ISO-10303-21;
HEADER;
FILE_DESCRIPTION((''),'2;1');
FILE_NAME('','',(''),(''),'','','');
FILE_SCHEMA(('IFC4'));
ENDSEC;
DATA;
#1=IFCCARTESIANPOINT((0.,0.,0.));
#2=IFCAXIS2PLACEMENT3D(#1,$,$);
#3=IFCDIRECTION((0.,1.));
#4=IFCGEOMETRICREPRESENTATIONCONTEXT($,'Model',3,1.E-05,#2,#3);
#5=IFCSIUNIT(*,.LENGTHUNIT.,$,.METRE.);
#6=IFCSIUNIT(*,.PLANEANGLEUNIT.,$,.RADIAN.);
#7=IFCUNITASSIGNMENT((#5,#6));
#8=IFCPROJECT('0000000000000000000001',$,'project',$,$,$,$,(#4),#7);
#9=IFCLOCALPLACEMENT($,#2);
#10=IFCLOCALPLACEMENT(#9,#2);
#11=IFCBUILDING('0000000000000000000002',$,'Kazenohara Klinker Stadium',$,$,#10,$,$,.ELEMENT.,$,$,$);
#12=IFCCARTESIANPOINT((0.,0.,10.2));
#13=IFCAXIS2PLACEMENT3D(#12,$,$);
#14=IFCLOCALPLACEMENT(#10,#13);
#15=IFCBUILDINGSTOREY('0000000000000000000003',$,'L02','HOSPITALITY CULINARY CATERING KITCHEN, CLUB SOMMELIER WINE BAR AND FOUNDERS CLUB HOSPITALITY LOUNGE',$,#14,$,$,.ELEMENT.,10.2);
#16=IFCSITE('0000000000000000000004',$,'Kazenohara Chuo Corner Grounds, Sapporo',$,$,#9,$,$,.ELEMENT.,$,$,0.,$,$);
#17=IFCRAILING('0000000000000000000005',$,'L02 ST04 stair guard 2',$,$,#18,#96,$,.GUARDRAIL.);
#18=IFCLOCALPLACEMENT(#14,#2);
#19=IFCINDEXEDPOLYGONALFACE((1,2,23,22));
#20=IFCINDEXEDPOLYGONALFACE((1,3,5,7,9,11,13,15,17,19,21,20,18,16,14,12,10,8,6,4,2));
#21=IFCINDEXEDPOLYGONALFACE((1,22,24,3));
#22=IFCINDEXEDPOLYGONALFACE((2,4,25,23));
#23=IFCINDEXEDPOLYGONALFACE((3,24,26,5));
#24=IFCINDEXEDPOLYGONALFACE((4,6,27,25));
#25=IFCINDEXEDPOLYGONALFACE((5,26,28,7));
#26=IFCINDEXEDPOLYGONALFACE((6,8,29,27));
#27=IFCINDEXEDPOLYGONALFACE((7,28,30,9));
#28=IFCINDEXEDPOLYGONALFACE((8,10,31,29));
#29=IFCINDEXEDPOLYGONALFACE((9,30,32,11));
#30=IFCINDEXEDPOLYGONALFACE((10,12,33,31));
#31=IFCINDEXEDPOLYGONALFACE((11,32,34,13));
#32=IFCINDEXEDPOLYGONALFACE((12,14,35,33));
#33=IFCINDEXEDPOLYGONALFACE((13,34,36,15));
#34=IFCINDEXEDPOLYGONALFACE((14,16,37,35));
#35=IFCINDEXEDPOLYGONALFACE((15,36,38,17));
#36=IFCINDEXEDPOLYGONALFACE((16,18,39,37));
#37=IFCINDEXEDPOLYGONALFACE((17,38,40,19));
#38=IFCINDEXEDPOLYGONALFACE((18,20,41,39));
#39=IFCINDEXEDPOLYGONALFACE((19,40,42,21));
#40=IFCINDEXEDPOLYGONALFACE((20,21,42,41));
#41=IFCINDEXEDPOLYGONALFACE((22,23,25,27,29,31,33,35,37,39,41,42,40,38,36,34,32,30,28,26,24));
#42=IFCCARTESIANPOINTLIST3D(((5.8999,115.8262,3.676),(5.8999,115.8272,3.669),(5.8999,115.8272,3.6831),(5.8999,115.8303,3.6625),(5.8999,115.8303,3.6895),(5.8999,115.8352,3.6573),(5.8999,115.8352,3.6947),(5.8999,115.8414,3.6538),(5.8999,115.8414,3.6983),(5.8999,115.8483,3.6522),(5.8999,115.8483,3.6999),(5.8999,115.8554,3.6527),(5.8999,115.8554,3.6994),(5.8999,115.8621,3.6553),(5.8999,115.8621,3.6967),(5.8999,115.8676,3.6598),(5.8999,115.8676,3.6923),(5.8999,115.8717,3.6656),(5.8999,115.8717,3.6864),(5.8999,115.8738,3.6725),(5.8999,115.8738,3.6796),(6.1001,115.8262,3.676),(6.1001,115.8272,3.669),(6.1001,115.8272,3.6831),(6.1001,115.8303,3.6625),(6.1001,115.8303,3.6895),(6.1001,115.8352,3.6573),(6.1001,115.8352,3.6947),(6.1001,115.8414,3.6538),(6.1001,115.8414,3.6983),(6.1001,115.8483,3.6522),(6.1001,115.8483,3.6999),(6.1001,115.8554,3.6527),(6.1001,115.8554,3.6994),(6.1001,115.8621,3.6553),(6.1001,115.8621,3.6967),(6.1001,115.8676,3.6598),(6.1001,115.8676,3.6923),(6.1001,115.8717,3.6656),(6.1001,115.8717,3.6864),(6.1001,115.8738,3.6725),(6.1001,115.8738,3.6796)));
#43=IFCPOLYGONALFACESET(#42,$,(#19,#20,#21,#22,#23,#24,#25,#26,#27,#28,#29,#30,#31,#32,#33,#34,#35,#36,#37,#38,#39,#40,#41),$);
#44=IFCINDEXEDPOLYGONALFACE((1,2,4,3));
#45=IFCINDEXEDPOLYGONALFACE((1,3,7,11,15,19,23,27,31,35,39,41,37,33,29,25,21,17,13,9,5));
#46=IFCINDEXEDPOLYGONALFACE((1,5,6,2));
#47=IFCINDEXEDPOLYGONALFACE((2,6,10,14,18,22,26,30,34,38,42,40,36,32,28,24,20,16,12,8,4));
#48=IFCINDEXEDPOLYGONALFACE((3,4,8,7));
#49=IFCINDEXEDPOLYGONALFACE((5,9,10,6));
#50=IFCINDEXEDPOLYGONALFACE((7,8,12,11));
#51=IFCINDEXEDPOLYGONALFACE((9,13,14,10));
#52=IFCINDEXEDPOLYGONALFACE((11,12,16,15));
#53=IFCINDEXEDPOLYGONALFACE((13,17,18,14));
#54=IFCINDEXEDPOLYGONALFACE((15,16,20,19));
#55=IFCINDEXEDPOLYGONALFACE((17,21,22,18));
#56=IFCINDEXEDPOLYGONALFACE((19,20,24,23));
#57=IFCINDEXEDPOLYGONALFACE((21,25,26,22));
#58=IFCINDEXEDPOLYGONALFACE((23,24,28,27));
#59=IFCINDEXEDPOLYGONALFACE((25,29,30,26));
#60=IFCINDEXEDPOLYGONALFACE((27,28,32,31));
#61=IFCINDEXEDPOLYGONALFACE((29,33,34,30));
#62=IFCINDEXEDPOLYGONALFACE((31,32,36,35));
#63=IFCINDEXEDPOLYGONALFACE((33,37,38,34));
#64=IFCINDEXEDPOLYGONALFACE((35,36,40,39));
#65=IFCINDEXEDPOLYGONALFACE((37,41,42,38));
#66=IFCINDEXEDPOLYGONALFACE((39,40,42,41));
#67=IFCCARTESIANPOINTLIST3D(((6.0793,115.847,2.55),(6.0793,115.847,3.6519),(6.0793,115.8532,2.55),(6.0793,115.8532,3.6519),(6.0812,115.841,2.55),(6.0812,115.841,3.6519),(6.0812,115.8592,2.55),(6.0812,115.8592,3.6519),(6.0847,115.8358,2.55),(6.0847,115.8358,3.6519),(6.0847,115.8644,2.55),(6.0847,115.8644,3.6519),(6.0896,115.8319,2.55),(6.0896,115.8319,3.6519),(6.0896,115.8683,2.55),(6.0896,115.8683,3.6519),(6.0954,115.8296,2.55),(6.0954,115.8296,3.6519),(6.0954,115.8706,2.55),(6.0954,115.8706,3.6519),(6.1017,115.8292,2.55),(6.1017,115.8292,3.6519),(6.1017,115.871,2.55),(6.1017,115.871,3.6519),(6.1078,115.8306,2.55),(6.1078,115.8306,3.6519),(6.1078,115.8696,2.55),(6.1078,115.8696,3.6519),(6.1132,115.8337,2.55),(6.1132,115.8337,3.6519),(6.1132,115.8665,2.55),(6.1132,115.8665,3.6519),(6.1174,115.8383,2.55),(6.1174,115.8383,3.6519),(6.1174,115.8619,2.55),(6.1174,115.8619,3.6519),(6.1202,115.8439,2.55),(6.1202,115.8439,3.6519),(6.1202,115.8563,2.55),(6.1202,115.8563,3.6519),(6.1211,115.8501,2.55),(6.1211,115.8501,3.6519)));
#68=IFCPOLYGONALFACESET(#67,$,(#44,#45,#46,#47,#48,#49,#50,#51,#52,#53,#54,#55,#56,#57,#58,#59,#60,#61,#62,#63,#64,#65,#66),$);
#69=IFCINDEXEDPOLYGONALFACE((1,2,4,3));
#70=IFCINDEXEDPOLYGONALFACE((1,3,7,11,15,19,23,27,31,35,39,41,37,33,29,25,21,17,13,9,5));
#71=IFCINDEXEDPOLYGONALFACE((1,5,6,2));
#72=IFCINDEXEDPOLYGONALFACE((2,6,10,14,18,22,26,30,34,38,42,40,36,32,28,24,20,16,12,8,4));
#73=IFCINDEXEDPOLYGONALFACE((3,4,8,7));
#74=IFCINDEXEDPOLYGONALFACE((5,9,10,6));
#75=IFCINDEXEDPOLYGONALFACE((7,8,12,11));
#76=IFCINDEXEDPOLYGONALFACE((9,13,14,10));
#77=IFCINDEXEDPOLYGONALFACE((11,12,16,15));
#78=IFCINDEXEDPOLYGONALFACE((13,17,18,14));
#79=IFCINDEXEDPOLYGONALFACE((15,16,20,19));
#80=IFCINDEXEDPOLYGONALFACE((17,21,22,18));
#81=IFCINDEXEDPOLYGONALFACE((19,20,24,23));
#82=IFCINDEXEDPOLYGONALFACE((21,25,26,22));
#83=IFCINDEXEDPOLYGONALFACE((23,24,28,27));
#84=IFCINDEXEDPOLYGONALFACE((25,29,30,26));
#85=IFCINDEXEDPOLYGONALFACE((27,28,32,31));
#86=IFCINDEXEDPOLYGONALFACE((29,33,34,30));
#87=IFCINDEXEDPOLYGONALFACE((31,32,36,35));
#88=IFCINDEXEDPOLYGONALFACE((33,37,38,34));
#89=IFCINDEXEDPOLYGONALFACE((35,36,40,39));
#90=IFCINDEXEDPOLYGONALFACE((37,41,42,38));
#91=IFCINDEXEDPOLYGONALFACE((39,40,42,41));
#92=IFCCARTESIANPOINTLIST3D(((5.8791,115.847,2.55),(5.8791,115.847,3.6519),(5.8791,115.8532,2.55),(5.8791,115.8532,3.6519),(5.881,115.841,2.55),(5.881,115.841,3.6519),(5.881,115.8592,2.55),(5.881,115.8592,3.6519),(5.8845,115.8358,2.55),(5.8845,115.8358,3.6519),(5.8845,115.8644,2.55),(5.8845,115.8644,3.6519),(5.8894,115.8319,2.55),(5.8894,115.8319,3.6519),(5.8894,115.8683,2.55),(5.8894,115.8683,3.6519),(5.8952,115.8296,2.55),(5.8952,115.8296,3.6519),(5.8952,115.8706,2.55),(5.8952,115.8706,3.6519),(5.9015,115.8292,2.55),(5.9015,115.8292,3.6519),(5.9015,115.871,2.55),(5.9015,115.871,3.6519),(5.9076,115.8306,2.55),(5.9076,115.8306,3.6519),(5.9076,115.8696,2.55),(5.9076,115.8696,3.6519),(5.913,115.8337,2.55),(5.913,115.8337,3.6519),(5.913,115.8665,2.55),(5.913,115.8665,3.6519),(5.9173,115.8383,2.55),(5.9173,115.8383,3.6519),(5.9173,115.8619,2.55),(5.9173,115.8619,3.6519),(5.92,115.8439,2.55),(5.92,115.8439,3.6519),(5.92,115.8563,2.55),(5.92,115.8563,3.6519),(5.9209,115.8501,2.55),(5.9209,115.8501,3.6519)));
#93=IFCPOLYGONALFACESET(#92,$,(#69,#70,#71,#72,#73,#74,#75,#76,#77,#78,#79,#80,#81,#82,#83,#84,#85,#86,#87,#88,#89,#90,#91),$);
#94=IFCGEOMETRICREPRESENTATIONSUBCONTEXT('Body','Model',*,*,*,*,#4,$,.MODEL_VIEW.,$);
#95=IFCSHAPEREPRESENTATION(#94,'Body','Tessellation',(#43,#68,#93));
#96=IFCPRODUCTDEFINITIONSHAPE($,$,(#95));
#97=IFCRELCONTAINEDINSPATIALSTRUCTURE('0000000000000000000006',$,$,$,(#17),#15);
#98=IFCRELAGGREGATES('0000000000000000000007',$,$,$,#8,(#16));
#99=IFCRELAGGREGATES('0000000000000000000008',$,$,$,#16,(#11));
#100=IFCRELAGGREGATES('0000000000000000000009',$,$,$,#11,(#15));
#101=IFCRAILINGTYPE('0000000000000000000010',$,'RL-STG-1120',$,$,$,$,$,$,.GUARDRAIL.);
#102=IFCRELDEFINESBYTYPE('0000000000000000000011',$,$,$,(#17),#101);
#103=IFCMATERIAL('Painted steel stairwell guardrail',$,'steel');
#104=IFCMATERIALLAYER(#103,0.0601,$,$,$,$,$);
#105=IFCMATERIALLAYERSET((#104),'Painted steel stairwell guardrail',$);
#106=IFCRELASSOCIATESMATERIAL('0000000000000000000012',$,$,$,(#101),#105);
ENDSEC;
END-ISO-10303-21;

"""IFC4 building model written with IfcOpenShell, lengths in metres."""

from ifc_helpers import new_model, si_unit, direction, frame, origin, origin_2d, place, context, subcontext, project, spatial, circle, extrude, material, layer, layer_set, type_object, element, save


model = new_model("IFC4")

# Units and contexts
model_context = context("Model", 3, precision=1e-05, world=origin(), true_north=direction((0.0, 1.0)))
body_context = subcontext(model_context, "Body", "Model", "MODEL_VIEW")
ifc_project = project(units=[si_unit("LENGTHUNIT", "METRE"), si_unit("PLANEANGLEUNIT", "RADIAN")], contexts=[model_context])

# Site, building, storey
site_placement = place(None, origin())
site = spatial("IfcSite", under=ifc_project, at=site_placement, Name="Kazenohara Chuo Corner Grounds, Sapporo", CompositionType="ELEMENT", RefElevation=0.0)
building_placement = place(site_placement, origin())
building = spatial("IfcBuilding", under=site, at=building_placement, Name="Kazenohara Klinker Stadium", CompositionType="ELEMENT")
storey_placement = place(building_placement, frame((0.0, 0.0, 10.2)))
storey = spatial("IfcBuildingStorey", under=building, at=storey_placement, Name="L02", Description="HOSPITALITY CULINARY CATERING KITCHEN, CLUB SOMMELIER WINE BAR AND FOUNDERS CLUB HOSPITALITY LOUNGE", CompositionType="ELEMENT", Elevation=10.2)

# Railing
ifc_material_1 = material(Name="Painted steel stairwell guardrail", Category="steel")
ifc_layer_1 = layer(ifc_material_1, 0.0601)
ifc_layer_set_1 = layer_set([ifc_layer_1], Name="Painted steel stairwell guardrail")
railing_type = type_object("IfcRailingType", Name="RL-STG-1120", PredefinedType="GUARDRAIL", material=ifc_layer_set_1)
railing_placement = place(storey_placement, frame((6.1001, 115.8501, 2.55)))
element("IfcRailing", 1, at=railing_placement, inside=storey, type_object=railing_type, Name="L02 ST04 stair guard 2", PredefinedType="GUARDRAIL", context=body_context, shape_type="SweptSolid", body=[
    extrude(circle(Radius=0.0239, at=origin_2d()), frame((0.0, 0.0, 1.126), z_axis=(-1.0, 0.0, 0.0), x_axis=(0.0, -1.0, 0.0)), (0.0, 0.0, 1.0), 0.2002),
    extrude(circle(Radius=0.021, at=origin_2d()), origin(), (0.0, 0.0, 1.0), 1.1018),
    extrude(circle(Radius=0.021, at=origin_2d()), frame((-0.2002, 0.0, 0.0)), (0.0, 0.0, 1.0), 1.1018),
])

save(model, "model.ifc")
